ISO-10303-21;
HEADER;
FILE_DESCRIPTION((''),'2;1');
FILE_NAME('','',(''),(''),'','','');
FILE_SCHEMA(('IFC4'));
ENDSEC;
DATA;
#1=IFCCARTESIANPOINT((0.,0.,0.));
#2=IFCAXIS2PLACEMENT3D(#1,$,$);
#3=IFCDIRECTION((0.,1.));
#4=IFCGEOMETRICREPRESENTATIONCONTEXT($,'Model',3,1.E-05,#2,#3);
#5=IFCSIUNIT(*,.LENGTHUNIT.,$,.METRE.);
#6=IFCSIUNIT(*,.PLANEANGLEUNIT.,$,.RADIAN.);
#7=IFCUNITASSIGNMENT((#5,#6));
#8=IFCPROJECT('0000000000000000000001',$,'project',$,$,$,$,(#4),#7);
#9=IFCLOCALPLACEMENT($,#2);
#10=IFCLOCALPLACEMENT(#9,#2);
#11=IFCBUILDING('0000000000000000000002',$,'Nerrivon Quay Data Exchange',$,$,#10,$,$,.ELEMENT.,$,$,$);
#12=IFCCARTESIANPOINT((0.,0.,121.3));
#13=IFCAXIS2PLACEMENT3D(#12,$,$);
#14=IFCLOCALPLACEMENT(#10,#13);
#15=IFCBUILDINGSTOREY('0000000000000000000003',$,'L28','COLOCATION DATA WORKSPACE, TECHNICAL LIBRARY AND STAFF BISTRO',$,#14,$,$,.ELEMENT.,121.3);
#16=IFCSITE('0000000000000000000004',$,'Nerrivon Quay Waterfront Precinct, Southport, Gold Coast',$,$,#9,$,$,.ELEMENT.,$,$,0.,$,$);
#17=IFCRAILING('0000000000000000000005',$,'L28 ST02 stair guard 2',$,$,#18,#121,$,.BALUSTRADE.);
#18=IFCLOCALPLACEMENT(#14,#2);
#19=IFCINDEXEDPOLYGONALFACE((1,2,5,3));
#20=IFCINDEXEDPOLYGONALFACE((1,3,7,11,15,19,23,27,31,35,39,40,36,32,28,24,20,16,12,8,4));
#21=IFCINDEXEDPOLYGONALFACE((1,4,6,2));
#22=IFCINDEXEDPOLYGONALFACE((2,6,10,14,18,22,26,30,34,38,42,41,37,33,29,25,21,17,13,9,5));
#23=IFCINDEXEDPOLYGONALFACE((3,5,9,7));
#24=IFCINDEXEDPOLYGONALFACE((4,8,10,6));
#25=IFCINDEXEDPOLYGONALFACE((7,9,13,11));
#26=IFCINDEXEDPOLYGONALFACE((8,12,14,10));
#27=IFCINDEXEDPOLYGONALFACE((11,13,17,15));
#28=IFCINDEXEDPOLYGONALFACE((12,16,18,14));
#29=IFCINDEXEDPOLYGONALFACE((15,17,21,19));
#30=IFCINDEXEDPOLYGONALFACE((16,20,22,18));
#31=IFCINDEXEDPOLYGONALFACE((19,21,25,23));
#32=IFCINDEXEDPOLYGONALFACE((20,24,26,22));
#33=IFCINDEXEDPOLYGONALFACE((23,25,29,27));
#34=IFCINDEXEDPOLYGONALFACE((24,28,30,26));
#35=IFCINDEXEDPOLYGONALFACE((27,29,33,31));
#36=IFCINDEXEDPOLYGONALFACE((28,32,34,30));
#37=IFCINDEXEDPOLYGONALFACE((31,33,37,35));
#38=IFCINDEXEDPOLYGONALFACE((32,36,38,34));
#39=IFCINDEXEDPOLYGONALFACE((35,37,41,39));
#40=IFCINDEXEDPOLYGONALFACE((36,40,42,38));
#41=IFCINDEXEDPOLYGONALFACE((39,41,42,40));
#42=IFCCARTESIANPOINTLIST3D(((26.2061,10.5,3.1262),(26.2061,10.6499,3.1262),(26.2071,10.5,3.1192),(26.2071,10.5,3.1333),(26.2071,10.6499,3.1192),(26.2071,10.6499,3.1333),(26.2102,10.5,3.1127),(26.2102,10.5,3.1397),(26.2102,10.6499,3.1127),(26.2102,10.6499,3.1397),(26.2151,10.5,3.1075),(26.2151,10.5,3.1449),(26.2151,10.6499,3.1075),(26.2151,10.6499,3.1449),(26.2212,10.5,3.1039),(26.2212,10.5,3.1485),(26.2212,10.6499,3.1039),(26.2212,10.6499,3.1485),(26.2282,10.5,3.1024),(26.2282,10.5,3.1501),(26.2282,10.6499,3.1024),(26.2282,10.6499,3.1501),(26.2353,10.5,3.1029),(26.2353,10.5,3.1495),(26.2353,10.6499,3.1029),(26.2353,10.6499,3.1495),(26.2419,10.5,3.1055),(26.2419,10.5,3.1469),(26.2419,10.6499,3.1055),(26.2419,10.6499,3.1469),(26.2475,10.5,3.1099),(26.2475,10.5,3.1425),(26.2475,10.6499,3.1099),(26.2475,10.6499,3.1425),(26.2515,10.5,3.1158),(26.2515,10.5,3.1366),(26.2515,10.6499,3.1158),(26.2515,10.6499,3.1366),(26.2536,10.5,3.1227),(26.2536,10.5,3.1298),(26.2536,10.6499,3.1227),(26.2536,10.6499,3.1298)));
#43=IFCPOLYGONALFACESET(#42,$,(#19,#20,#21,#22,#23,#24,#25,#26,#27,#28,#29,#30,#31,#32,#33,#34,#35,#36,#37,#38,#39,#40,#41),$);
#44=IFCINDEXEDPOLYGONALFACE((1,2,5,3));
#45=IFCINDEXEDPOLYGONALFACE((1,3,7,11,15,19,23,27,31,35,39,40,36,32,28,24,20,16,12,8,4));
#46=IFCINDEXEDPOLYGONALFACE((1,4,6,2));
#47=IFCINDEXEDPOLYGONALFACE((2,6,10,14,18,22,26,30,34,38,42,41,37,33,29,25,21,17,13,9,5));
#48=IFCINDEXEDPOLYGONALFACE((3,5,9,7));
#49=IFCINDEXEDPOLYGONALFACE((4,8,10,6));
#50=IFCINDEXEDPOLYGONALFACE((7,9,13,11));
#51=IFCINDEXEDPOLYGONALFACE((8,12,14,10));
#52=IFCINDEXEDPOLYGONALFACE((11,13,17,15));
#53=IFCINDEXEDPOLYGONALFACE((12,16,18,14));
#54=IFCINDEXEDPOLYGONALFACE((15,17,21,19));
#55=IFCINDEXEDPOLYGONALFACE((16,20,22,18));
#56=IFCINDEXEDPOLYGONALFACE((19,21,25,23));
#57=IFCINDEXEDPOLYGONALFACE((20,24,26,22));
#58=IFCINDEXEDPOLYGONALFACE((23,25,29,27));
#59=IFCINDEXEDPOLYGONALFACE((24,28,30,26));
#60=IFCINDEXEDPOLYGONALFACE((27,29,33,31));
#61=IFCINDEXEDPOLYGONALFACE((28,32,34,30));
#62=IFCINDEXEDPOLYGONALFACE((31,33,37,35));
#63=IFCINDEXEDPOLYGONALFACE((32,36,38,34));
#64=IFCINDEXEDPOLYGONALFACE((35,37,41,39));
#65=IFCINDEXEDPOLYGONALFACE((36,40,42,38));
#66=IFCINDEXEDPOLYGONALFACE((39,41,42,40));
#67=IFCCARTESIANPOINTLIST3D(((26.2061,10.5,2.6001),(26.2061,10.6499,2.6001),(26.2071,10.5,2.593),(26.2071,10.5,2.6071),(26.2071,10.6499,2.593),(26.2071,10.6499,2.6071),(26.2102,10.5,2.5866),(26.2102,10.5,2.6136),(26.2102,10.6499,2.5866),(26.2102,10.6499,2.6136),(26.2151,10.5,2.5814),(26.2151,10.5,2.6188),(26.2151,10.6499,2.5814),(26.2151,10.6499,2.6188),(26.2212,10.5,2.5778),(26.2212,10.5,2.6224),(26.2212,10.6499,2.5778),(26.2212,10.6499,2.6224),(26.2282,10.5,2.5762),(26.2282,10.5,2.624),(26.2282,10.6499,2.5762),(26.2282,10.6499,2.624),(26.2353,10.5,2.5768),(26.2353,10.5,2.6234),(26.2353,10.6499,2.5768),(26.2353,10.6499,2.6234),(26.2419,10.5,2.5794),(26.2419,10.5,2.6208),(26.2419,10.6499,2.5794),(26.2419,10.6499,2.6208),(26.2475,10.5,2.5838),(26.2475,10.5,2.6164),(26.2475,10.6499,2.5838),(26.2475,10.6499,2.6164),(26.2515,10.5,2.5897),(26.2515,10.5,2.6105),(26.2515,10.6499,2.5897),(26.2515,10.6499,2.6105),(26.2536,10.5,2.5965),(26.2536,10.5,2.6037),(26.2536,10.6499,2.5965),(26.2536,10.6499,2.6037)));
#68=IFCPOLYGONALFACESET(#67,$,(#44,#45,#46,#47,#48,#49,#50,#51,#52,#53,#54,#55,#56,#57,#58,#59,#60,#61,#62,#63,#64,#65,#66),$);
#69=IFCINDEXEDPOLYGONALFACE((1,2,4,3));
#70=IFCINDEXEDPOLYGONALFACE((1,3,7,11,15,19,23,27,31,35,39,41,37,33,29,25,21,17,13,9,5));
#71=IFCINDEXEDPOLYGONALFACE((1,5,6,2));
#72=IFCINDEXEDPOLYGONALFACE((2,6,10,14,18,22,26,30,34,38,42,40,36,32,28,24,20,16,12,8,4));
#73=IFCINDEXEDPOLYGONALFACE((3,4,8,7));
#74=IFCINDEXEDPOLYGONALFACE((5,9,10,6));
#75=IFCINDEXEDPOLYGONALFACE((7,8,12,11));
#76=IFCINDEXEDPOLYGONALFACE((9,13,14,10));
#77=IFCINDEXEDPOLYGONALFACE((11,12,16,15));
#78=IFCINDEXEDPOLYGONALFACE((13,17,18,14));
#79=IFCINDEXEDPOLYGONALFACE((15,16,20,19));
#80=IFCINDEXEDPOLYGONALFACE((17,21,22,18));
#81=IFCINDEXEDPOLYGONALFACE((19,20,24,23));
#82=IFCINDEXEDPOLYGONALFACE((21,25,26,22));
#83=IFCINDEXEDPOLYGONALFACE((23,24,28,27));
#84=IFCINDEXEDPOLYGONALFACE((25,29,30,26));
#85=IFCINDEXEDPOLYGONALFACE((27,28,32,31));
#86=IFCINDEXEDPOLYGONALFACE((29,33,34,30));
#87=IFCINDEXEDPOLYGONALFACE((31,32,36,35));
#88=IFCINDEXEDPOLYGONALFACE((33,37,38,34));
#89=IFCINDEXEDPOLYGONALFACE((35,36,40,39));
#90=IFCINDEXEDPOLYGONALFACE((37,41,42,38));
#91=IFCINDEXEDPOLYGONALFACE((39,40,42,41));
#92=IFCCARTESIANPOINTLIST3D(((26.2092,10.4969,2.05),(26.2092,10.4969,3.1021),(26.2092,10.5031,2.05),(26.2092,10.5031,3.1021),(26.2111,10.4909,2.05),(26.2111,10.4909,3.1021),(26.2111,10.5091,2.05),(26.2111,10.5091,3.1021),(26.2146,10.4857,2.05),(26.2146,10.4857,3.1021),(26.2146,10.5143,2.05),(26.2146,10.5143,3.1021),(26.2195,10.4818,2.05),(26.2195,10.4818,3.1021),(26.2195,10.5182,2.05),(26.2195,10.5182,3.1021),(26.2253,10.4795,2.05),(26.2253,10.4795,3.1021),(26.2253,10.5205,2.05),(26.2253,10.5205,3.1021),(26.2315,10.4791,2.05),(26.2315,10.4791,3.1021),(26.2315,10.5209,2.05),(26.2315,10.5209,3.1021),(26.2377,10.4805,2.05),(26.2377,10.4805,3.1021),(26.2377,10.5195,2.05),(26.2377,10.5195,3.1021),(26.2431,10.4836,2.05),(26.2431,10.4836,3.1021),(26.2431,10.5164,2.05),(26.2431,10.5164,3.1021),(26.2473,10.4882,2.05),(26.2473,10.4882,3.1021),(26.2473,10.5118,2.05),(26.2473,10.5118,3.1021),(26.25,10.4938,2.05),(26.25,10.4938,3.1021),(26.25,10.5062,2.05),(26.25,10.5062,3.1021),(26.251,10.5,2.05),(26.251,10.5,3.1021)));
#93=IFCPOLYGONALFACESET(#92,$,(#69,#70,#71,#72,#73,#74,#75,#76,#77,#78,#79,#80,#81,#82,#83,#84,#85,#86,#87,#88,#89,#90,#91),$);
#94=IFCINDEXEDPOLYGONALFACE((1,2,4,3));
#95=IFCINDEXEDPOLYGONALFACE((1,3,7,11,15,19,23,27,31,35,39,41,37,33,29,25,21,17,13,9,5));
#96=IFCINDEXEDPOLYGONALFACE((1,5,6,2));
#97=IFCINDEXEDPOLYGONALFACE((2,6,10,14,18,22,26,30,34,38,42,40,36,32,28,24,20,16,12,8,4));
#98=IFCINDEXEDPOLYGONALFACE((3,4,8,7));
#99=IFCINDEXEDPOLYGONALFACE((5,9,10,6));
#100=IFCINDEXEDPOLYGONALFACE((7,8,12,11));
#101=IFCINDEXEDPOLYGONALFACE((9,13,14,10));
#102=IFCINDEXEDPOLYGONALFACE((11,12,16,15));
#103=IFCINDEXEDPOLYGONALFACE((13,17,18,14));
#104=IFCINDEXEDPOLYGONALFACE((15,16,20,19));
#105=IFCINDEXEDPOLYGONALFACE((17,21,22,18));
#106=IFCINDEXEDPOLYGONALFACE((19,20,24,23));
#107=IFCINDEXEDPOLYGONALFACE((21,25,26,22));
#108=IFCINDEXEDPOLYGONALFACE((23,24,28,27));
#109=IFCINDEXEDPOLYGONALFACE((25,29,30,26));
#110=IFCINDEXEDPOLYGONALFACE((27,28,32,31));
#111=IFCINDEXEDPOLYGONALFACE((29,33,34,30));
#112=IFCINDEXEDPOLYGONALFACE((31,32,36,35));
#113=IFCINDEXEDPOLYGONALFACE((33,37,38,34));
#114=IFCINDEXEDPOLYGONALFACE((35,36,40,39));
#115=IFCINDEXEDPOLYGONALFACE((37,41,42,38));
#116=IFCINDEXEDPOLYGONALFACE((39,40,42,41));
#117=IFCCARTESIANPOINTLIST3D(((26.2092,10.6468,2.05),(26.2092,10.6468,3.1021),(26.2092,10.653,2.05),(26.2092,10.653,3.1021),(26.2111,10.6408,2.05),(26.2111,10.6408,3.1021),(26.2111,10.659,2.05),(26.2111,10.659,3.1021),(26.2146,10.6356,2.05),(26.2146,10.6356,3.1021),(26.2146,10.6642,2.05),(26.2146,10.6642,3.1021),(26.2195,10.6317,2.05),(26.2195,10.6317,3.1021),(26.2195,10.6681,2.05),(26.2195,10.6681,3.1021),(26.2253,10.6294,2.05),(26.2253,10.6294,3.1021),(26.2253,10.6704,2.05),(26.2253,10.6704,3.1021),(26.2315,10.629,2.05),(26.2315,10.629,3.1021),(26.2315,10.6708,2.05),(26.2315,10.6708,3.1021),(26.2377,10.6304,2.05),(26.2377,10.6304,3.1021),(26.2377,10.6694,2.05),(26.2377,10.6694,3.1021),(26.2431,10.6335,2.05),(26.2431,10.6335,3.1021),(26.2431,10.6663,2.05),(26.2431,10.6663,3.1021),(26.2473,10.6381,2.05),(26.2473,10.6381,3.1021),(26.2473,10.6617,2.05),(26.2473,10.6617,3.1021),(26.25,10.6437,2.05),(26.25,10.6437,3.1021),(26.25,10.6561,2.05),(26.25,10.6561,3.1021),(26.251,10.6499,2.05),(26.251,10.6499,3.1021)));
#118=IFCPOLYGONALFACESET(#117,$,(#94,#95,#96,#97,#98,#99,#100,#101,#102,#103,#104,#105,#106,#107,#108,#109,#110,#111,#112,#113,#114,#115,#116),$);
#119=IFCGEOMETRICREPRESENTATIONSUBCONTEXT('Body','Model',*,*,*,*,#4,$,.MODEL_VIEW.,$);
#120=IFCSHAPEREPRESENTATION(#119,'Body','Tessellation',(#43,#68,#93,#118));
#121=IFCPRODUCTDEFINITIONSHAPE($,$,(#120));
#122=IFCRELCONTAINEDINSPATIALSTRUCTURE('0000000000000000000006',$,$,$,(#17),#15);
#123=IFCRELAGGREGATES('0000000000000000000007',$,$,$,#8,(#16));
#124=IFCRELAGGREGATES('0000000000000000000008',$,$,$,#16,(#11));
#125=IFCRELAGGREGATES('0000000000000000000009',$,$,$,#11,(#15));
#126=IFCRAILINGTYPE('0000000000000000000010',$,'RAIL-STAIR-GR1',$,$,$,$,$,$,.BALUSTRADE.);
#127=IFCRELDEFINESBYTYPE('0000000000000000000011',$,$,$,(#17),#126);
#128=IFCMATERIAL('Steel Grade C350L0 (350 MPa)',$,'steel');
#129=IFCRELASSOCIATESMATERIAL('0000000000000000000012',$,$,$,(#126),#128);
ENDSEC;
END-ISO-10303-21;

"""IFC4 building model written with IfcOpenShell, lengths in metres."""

from ifc_helpers import new_model, si_unit, direction, frame, origin, origin_2d, place, context, subcontext, project, spatial, circle, extrude, material, type_object, element, save


model = new_model("IFC4")

# Units and contexts
model_context = context("Model", 3, precision=1e-05, world=origin(), true_north=direction((0.0, 1.0)))
body_context = subcontext(model_context, "Body", "Model", "MODEL_VIEW")
ifc_project = project(units=[si_unit("LENGTHUNIT", "METRE"), si_unit("PLANEANGLEUNIT", "RADIAN")], contexts=[model_context])

# Site, building, storey
site_placement = place(None, origin())
site = spatial("IfcSite", under=ifc_project, at=site_placement, Name="Nerrivon Quay Waterfront Precinct, Southport, Gold Coast", CompositionType="ELEMENT", RefElevation=0.0)
building_placement = place(site_placement, origin())
building = spatial("IfcBuilding", under=site, at=building_placement, Name="Nerrivon Quay Data Exchange", CompositionType="ELEMENT")
storey_placement = place(building_placement, frame((0.0, 0.0, 121.3)))
storey = spatial("IfcBuildingStorey", under=building, at=storey_placement, Name="L28", Description="COLOCATION DATA WORKSPACE, TECHNICAL LIBRARY AND STAFF BISTRO", CompositionType="ELEMENT", Elevation=121.3)

# Railing
ifc_material_1 = material(Name="Steel Grade C350L0 (350 MPa)", Category="steel")
railing_type_1 = type_object("IfcRailingType", Name="RAIL-STAIR-GR1", PredefinedType="BALUSTRADE", material=ifc_material_1)
railing_1_placement = place(storey_placement, frame((26.23, 10.5, 2.05)))
element("IfcRailing", 1, at=railing_1_placement, inside=storey, type_object=railing_type_1, Name="L28 ST02 stair guard 2", PredefinedType="BALUSTRADE", context=body_context, shape_type="SweptSolid", body=[
    extrude(circle(Radius=0.0239, at=origin_2d()), frame((0.0, 0.0, 1.0762), z_axis=(0.0, 1.0, 0.0), x_axis=(-1.0, 0.0, 0.0)), (0.0, 0.0, 1.0), 0.1499),
    extrude(circle(Radius=0.0239, at=origin_2d()), frame((0.0, 0.0, 0.55), z_axis=(0.0, 1.0, 0.0), x_axis=(-1.0, 0.0, 0.0)), (0.0, 0.0, 1.0), 0.1499),
    extrude(circle(Radius=0.021, at=origin_2d()), origin(), (0.0, 0.0, 1.0), 1.052),
    extrude(circle(Radius=0.021, at=origin_2d()), frame((0.0, 0.1499, 0.0)), (0.0, 0.0, 1.0), 1.052),
])

save(model, "model.ifc")
